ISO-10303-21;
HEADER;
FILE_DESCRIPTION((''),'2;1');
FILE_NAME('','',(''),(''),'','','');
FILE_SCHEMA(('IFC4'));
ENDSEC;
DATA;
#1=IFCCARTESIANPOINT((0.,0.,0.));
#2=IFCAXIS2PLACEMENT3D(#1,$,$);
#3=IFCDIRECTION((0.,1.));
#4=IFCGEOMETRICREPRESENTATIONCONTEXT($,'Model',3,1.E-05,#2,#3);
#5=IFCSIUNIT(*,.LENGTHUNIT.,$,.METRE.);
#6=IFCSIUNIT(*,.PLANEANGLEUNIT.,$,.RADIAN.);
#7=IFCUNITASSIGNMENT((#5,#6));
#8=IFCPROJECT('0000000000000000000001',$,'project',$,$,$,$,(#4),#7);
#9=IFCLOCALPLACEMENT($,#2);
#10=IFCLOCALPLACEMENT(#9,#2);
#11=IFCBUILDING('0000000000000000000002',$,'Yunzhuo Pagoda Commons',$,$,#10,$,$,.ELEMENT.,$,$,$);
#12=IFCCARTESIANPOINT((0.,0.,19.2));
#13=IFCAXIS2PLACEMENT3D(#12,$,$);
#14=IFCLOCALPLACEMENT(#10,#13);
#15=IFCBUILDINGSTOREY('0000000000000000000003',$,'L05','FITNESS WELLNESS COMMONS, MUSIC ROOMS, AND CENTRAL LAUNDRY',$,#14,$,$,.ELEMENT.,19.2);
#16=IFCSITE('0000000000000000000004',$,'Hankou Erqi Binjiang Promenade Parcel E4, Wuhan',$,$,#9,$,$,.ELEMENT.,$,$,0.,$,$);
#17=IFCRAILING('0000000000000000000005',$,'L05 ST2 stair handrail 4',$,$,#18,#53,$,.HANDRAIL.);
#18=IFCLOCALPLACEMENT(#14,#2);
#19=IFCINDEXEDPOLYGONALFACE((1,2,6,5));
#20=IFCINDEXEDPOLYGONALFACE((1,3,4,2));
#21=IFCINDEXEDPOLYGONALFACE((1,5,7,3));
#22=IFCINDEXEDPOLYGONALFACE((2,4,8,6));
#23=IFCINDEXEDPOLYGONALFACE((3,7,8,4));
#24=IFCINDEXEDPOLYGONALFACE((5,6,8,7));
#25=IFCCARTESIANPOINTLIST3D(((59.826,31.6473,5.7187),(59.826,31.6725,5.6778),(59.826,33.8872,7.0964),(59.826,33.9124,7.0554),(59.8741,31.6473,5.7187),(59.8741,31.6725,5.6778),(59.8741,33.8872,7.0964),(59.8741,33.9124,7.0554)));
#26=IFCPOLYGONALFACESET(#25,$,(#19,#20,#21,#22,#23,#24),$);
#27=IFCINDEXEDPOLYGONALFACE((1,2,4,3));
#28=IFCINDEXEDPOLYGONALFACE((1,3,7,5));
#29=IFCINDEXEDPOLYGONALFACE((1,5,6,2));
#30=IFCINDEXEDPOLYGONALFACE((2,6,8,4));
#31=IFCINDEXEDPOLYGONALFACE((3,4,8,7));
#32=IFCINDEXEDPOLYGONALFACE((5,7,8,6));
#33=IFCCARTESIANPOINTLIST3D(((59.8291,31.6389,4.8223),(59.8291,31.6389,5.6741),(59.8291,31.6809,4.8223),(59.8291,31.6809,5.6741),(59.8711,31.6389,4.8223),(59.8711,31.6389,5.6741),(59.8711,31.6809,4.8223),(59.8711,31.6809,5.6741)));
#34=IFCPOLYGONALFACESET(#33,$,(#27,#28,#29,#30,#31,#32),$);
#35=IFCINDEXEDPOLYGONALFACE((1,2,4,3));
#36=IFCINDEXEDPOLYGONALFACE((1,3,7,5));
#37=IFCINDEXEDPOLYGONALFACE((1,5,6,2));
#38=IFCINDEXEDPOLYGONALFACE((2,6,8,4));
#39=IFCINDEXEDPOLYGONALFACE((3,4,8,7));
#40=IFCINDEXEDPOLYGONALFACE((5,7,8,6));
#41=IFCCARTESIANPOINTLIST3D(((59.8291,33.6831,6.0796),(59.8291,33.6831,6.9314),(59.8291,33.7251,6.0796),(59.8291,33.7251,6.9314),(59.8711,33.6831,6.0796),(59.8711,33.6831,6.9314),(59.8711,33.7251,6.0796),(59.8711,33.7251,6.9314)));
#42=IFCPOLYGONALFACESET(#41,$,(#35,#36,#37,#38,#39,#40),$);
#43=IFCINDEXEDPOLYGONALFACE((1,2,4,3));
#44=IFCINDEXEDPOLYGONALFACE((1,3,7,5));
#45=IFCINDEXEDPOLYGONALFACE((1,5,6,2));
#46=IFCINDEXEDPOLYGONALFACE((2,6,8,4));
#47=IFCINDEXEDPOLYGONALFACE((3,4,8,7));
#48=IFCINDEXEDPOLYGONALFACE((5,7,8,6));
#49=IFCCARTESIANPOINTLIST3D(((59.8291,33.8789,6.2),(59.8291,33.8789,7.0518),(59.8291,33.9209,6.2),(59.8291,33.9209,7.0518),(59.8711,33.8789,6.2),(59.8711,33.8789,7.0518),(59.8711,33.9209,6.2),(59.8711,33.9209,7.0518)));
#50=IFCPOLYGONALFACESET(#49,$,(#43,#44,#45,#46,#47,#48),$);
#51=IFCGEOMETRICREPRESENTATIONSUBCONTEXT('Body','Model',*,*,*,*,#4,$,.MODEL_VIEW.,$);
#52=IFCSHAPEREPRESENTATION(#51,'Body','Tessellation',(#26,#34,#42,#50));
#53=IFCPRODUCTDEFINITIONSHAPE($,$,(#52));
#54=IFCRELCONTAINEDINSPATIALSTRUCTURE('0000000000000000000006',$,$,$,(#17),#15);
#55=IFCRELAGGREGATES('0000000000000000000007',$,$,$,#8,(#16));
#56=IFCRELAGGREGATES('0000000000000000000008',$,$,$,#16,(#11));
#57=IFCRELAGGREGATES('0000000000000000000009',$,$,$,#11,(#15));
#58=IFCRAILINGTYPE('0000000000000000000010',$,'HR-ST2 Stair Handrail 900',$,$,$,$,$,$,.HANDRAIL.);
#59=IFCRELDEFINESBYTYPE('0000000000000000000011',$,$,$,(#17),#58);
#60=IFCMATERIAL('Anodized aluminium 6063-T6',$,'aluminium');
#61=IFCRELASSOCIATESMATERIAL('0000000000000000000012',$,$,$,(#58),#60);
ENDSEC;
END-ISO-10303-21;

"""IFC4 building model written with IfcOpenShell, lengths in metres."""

from ifc_helpers import new_model, si_unit, direction, frame, origin, origin_2d, place, context, subcontext, project, spatial, rectangle, extrude, material, type_object, element, save


model = new_model("IFC4")

# Units and contexts
model_context = context("Model", 3, precision=1e-05, world=origin(), true_north=direction((0.0, 1.0)))
body_context = subcontext(model_context, "Body", "Model", "MODEL_VIEW")
ifc_project = project(units=[si_unit("LENGTHUNIT", "METRE"), si_unit("PLANEANGLEUNIT", "RADIAN")], contexts=[model_context])

# Site, building, storey
site_placement = place(None, origin())
site = spatial("IfcSite", under=ifc_project, at=site_placement, Name="Hankou Erqi Binjiang Promenade Parcel E4, Wuhan", CompositionType="ELEMENT", RefElevation=0.0)
building_placement = place(site_placement, origin())
building = spatial("IfcBuilding", under=site, at=building_placement, Name="Yunzhuo Pagoda Commons", CompositionType="ELEMENT")
storey_placement = place(building_placement, frame((0.0, 0.0, 19.2)))
storey = spatial("IfcBuildingStorey", under=building, at=storey_placement, Name="L05", Description="FITNESS WELLNESS COMMONS, MUSIC ROOMS, AND CENTRAL LAUNDRY", CompositionType="ELEMENT", Elevation=19.2)

# Railing
ifc_material_1 = material(Name="Anodized aluminium 6063-T6", Category="aluminium")
railing_type = type_object("IfcRailingType", Name="HR-ST2 Stair Handrail 900", PredefinedType="HANDRAIL", material=ifc_material_1)
railing_1_placement = place(storey_placement, frame((59.8501, 31.6599, 4.8223)))
element("IfcRailing", 1, at=railing_1_placement, inside=storey, type_object=railing_type, Name="L05 ST2 stair handrail 4", PredefinedType="HANDRAIL", context=body_context, shape_type="SweptSolid", body=[
    extrude(rectangle(XDim=0.0481, YDim=0.0481, at=origin_2d()), frame((0.0, 0.0, 0.876), z_axis=(0.0, 0.851789, 0.523885), x_axis=(-1.0, 0.0, 0.0)), (0.0, 0.0, 1.0), 2.6296),
    extrude(rectangle(XDim=0.042, YDim=0.042, at=origin_2d()), origin(), (0.0, 0.0, 1.0), 0.8518),
    extrude(rectangle(XDim=0.042, YDim=0.042, at=origin_2d()), frame((0.0, 2.0442, 1.2573)), (0.0, 0.0, 1.0), 0.8518),
    extrude(rectangle(XDim=0.042, YDim=0.042, at=origin_2d()), frame((0.0, 2.24, 1.3777)), (0.0, 0.0, 1.0), 0.8518),
])

save(model, "model.ifc")
